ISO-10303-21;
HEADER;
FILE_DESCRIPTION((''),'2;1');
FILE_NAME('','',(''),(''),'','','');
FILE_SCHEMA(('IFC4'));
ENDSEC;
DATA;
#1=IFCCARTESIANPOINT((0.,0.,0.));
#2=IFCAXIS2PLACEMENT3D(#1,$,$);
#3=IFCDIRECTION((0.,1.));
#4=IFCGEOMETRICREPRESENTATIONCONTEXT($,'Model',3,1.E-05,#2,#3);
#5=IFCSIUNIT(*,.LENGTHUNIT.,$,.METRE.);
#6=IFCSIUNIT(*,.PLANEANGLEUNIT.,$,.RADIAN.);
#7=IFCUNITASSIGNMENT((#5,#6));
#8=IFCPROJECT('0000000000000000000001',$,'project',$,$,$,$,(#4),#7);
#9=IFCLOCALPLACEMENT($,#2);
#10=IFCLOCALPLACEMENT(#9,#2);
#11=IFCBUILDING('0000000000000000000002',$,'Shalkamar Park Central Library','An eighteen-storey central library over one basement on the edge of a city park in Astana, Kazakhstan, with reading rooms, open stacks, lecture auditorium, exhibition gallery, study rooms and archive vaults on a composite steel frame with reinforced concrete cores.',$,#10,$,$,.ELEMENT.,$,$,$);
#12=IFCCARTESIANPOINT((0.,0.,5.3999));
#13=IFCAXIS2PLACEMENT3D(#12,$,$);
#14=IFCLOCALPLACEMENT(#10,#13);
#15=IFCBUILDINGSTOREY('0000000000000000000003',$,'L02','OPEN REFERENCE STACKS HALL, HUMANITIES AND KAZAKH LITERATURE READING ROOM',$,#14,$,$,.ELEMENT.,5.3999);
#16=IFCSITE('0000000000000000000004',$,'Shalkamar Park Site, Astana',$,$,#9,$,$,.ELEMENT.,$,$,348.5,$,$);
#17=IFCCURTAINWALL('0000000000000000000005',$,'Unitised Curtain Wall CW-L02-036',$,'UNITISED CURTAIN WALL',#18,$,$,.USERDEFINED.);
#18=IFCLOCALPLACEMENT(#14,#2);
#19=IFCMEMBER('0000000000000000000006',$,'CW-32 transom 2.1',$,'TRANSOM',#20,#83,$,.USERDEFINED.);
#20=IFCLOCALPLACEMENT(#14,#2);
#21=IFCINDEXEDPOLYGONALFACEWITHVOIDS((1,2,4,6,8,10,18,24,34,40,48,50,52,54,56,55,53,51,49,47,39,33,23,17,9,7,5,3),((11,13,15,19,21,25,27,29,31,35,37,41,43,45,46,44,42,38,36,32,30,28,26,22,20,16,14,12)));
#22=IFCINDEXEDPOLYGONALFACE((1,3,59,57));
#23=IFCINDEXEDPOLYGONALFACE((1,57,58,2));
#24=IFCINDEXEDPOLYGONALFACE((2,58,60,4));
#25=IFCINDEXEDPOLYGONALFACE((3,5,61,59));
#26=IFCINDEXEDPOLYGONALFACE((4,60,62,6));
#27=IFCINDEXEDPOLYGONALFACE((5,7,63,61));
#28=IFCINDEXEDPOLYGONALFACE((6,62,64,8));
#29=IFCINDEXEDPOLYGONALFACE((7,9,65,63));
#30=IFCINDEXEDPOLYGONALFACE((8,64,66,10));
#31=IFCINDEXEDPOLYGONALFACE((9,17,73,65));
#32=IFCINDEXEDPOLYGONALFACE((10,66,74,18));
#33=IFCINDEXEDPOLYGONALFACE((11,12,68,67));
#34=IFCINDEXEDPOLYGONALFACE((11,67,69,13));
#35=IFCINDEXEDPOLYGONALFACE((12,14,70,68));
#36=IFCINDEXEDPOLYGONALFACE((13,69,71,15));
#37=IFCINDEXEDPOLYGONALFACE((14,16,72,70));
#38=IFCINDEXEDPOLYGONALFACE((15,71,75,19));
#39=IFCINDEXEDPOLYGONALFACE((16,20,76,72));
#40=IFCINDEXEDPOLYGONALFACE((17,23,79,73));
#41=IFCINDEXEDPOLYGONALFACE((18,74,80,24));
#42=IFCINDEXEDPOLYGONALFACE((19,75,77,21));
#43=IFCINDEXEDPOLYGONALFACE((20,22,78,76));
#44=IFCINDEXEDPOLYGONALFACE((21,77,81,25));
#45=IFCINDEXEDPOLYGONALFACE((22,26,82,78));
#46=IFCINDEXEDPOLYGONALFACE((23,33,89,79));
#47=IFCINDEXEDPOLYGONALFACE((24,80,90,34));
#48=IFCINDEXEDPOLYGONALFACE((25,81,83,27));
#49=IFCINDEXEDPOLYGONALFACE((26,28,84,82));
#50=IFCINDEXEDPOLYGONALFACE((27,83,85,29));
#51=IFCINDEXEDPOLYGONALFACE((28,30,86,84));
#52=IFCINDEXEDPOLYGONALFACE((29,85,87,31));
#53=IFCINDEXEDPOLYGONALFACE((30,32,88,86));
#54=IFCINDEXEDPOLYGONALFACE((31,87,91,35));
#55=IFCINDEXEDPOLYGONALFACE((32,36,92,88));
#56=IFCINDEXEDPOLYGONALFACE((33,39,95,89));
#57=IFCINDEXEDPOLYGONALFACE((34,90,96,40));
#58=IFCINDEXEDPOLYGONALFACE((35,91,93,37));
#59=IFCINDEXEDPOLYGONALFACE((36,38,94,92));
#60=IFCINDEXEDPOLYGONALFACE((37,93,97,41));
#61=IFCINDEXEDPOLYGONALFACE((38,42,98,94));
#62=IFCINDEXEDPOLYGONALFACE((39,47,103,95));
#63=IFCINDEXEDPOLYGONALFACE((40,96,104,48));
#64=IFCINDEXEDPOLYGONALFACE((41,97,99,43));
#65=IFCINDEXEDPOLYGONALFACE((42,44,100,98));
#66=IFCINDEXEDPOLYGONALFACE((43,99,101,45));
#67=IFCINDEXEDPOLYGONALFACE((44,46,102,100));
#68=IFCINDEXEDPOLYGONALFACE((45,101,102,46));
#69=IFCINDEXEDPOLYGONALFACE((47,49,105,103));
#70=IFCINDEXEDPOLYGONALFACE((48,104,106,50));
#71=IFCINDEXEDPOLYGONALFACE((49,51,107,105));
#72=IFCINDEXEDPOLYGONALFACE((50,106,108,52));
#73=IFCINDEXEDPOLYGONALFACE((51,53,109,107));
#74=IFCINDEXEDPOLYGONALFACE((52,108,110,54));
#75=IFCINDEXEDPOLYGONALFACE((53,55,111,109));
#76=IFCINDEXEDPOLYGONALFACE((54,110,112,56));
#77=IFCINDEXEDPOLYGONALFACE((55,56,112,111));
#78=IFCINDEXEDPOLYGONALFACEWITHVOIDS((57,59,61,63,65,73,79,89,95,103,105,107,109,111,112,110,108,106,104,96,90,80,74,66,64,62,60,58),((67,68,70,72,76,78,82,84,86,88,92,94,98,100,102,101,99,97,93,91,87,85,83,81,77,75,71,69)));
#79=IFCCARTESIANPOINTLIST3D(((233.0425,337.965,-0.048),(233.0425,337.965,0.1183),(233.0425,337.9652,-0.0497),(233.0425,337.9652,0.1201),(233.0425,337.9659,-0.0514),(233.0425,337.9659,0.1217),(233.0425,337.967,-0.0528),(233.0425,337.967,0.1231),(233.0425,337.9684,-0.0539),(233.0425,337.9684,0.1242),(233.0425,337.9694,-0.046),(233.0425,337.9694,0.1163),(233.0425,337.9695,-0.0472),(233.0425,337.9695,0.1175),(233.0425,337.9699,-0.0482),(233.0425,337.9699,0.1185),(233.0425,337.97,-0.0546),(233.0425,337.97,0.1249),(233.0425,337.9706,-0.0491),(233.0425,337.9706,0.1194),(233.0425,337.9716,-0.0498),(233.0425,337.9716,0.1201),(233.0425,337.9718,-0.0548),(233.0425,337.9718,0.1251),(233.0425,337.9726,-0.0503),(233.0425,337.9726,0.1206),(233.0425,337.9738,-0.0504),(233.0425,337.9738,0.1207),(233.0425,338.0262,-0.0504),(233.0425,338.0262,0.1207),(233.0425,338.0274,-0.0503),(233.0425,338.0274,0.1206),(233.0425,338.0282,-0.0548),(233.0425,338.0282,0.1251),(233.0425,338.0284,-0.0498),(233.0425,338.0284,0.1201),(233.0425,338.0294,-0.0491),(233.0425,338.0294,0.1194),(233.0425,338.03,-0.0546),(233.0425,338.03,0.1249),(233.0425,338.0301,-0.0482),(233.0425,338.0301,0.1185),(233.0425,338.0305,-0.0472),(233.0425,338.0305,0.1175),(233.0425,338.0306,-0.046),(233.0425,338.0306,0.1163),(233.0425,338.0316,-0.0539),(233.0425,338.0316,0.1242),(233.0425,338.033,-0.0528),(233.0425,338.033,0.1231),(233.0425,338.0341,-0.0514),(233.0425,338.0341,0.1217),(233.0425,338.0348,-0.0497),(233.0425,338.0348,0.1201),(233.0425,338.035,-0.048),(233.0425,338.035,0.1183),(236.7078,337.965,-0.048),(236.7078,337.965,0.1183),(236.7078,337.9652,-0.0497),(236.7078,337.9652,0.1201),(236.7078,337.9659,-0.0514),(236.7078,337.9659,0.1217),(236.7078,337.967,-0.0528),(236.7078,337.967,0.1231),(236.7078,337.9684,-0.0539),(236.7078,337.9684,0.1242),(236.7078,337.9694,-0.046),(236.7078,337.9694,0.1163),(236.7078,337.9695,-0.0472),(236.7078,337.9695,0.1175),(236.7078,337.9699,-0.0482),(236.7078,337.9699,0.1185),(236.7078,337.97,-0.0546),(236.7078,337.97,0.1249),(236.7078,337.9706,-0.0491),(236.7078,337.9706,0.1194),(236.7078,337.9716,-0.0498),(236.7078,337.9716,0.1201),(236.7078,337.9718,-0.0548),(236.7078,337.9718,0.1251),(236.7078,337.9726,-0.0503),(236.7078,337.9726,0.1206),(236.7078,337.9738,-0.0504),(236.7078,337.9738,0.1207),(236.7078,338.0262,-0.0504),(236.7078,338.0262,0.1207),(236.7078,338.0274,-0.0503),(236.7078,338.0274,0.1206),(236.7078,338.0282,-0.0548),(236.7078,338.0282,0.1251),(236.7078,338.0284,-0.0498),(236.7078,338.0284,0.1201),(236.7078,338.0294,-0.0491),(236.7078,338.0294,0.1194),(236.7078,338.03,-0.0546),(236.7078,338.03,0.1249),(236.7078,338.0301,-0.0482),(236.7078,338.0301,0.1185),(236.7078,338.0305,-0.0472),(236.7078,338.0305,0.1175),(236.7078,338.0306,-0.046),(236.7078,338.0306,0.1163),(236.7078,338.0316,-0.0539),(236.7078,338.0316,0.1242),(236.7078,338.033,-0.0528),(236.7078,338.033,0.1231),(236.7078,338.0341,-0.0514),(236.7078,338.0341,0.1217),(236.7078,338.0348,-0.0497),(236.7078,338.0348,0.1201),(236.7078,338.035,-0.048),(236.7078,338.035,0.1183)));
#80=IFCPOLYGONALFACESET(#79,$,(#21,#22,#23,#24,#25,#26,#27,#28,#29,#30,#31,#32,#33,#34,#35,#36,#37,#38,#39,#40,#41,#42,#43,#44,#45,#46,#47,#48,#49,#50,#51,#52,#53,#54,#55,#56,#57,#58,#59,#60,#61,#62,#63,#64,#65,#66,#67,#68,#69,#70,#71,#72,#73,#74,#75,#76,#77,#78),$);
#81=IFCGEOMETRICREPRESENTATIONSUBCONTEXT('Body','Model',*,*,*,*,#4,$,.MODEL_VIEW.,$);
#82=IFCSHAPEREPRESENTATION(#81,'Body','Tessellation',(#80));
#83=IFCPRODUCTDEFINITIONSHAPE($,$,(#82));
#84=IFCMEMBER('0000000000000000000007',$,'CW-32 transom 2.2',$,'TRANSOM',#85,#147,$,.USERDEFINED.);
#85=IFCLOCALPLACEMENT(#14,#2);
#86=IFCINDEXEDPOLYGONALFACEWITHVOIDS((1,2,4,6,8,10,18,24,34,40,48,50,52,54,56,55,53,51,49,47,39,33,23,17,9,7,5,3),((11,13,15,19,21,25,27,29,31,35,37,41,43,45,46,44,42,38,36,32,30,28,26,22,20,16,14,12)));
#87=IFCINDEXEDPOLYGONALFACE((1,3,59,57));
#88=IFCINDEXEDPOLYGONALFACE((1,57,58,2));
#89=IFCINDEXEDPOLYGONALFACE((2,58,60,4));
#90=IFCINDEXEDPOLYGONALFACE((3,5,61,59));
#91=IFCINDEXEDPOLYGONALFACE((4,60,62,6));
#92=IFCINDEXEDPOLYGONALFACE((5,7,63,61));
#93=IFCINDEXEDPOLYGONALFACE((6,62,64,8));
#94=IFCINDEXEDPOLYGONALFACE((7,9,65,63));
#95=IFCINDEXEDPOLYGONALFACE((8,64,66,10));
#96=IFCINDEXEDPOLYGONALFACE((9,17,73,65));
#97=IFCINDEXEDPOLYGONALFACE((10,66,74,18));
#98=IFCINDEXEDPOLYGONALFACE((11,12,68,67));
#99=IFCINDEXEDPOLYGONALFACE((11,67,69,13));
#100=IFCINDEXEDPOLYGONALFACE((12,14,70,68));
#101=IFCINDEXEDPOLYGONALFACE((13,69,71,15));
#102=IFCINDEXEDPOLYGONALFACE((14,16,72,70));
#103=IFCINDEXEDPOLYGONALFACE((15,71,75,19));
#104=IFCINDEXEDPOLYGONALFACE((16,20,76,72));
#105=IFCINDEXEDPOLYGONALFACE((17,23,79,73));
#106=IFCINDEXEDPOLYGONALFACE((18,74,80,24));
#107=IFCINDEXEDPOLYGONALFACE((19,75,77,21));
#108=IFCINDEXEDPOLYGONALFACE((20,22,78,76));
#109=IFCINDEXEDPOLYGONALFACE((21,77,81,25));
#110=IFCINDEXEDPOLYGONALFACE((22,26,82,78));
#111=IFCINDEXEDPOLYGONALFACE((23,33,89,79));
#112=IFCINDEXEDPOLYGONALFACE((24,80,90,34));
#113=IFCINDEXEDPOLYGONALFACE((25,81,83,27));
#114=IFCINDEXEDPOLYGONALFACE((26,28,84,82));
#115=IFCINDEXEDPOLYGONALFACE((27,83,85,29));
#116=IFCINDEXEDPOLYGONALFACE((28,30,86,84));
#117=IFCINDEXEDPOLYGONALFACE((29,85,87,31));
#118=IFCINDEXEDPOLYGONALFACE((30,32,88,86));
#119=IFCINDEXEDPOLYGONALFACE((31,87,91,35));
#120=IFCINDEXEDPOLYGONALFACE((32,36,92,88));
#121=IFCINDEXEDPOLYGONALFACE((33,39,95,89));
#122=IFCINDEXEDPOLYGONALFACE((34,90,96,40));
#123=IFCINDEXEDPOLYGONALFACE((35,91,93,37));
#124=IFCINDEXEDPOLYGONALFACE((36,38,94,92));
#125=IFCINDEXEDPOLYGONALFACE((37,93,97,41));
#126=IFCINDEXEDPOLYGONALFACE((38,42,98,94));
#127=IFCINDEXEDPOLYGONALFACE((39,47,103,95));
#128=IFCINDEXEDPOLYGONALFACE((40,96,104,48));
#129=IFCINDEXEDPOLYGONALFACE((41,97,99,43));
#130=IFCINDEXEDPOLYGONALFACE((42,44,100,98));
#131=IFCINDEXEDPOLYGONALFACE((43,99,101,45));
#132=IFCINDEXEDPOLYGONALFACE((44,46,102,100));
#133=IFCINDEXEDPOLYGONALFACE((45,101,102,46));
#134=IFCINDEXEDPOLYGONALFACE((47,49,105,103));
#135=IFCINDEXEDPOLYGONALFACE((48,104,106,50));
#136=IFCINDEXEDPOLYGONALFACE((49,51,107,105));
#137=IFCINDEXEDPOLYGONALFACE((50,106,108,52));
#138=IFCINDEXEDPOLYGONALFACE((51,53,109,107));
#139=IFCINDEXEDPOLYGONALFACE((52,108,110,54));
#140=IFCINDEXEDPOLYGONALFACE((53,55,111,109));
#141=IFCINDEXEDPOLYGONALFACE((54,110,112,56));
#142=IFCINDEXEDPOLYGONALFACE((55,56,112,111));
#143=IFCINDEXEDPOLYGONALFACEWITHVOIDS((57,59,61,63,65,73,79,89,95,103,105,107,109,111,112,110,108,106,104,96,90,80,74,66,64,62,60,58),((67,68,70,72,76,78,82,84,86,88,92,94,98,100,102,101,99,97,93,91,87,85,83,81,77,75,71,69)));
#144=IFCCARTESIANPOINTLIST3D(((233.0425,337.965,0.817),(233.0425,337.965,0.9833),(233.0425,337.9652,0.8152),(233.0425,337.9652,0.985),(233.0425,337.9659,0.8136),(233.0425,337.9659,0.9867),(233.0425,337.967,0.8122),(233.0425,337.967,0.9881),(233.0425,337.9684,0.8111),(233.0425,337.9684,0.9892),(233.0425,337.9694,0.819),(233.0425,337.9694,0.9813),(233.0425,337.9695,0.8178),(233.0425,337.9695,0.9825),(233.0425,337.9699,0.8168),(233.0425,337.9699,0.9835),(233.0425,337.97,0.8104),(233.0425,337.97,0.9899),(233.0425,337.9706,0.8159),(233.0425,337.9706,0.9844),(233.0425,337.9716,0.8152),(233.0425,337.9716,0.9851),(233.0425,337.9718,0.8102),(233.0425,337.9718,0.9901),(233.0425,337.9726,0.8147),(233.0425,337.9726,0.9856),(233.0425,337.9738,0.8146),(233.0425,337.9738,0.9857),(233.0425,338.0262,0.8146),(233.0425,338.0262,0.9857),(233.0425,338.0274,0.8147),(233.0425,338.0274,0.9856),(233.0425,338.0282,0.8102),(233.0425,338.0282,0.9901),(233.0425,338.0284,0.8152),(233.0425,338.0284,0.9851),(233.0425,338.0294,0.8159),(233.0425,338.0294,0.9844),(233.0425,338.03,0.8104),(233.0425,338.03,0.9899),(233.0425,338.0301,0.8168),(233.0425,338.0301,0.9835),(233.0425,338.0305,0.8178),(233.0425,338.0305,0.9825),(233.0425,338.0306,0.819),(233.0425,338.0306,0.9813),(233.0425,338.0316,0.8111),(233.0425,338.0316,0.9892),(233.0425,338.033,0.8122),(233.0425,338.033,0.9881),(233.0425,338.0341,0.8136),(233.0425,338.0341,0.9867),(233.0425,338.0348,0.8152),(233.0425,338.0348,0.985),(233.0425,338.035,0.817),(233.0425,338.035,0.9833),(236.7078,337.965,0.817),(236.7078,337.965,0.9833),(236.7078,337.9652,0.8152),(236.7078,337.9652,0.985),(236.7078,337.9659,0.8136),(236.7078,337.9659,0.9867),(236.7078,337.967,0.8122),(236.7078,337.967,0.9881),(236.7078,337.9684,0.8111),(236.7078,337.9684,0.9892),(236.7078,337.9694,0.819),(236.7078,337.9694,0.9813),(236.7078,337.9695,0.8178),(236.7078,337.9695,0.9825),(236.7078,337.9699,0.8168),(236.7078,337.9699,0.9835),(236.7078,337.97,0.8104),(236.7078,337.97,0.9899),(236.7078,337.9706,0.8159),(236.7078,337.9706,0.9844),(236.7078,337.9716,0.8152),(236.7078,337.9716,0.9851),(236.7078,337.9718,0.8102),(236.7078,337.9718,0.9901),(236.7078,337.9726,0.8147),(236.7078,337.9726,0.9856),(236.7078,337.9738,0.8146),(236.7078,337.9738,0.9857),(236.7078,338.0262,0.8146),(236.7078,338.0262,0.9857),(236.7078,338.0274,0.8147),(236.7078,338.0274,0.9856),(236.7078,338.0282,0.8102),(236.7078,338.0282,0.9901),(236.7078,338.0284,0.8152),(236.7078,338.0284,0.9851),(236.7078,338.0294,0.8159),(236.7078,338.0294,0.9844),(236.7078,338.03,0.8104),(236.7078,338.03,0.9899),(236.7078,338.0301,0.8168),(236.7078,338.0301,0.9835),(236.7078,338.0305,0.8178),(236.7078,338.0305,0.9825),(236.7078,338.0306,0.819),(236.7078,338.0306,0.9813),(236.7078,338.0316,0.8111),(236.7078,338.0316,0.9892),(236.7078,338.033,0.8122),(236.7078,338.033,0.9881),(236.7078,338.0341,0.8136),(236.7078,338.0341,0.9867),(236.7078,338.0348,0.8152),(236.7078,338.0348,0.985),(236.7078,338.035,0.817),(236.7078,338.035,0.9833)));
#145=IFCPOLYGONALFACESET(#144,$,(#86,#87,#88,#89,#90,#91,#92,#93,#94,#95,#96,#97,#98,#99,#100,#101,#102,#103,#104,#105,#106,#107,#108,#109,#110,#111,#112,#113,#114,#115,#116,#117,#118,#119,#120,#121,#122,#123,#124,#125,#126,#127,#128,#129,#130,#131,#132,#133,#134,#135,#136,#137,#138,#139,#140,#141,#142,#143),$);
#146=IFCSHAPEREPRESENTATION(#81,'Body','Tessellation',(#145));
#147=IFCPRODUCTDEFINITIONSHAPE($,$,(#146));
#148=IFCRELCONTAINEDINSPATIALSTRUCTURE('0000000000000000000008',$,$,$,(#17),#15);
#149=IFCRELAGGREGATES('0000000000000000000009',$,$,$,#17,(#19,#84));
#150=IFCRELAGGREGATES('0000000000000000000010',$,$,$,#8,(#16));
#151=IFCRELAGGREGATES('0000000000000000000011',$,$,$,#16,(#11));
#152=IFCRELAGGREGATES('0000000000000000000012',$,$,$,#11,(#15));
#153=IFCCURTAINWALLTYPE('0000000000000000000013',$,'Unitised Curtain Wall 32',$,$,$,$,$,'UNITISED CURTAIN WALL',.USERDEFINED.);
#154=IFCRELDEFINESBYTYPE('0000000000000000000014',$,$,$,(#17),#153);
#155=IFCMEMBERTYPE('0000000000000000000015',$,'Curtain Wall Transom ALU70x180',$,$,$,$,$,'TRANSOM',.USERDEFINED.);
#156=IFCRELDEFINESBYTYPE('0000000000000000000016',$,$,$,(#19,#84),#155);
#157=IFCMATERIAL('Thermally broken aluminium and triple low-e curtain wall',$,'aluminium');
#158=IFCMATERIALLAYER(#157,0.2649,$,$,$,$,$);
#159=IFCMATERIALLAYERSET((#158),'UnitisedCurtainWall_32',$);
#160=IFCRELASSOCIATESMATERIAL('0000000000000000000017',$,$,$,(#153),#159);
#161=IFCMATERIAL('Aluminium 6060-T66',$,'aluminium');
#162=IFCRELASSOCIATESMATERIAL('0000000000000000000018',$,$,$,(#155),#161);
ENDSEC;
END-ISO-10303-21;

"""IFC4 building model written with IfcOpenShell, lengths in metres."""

from ifc_helpers import new_model, si_unit, direction, frame, origin, origin_2d, place, context, subcontext, project, spatial, hollow_rectangle, extrude, material, layer, layer_set, material_profile, profile_set, type_object, element, aggregate, save


model = new_model("IFC4")

# Units and contexts
model_context = context("Model", 3, precision=1e-05, world=origin(), true_north=direction((0.0, 1.0)))
body_context = subcontext(model_context, "Body", "Model", "MODEL_VIEW")
ifc_project = project(units=[si_unit("LENGTHUNIT", "METRE"), si_unit("PLANEANGLEUNIT", "RADIAN")], contexts=[model_context])

# Site, building, storey
site_placement = place(None, origin())
site = spatial("IfcSite", under=ifc_project, at=site_placement, Name="Shalkamar Park Site, Astana", CompositionType="ELEMENT", RefElevation=348.5)
building_placement = place(site_placement, origin())
building = spatial("IfcBuilding", under=site, at=building_placement, Name="Shalkamar Park Central Library", Description="An eighteen-storey central library over one basement on the edge of a city park in Astana, Kazakhstan, with reading rooms, open stacks, lecture auditorium, exhibition gallery, study rooms and archive vaults on a composite steel frame with reinforced concrete cores.", CompositionType="ELEMENT")
storey_placement = place(building_placement, frame((0.0, 0.0, 5.3999)))
storey = spatial("IfcBuildingStorey", under=building, at=storey_placement, Name="L02", Description="OPEN REFERENCE STACKS HALL, HUMANITIES AND KAZAKH LITERATURE READING ROOM", CompositionType="ELEMENT", Elevation=5.3999)

# Shared definitions
ifc_material_1 = material(Name="Thermally broken aluminium and triple low-e curtain wall", Category="aluminium")
ifc_material_2 = material(Name="Aluminium 6060-T66", Category="aluminium")

# Curtain wall
ifc_layer_1 = layer(ifc_material_1, 0.2649)
ifc_layer_set_1 = layer_set([ifc_layer_1], Name="UnitisedCurtainWall_32")
curtain_wall_type_1 = type_object("IfcCurtainWallType", Name="Unitised Curtain Wall 32", ElementType="UNITISED CURTAIN WALL", PredefinedType="USERDEFINED", material=ifc_layer_set_1)
curtain_wall_1_placement = place(storey_placement, origin())
curtain_wall_1 = element("IfcCurtainWall", 1, at=curtain_wall_1_placement, inside=storey, type_object=curtain_wall_type_1, Name="Unitised Curtain Wall CW-L02-036", ObjectType="UNITISED CURTAIN WALL", PredefinedType="USERDEFINED")

# Members
ifc_material_profile_1 = material_profile(ifc_material_2, hollow_rectangle(XDim=0.0701, YDim=0.1799, WallThickness=0.0044, InnerFilletRadius=0.0044, OuterFilletRadius=0.0068, at=origin_2d()), Name="ALU 70x180x4.5")
ifc_profile_set_1 = profile_set([ifc_material_profile_1], Name="Aluminium 6060-T66")
member_type_1 = type_object("IfcMemberType", Name="Curtain Wall Transom ALU70x180", ElementType="TRANSOM", PredefinedType="USERDEFINED", material=ifc_profile_set_1)
member_1_placement = place(storey_placement, frame((233.0425, 338.0, 0.0352), z_axis=(1.0, 0.0, 0.0), x_axis=(0.0, 1.0, 0.0)))
member_1 = element("IfcMember", 2, at=member_1_placement, type_object=member_type_1, Name="CW-32 transom 2.1", ObjectType="TRANSOM", PredefinedType="USERDEFINED", context=body_context, shape_type="SweptSolid", body=[
    extrude(hollow_rectangle(XDim=0.0701, YDim=0.1799, WallThickness=0.0044, InnerFilletRadius=0.0044, OuterFilletRadius=0.0068, at=origin_2d()), origin(), (0.0, 0.0, 1.0), 3.6653),
])
member_2_placement = place(storey_placement, frame((233.0425, 338.0, 0.9001), z_axis=(1.0, 0.0, 0.0), x_axis=(0.0, 1.0, 0.0)))
member_2 = element("IfcMember", 3, at=member_2_placement, type_object=member_type_1, Name="CW-32 transom 2.2", ObjectType="TRANSOM", PredefinedType="USERDEFINED", context=body_context, shape_type="SweptSolid", body=[
    extrude(hollow_rectangle(XDim=0.0701, YDim=0.1799, WallThickness=0.0044, InnerFilletRadius=0.0044, OuterFilletRadius=0.0068, at=origin_2d()), origin(), (0.0, 0.0, 1.0), 3.6653),
])

aggregate(curtain_wall_1, [member_1, member_2])

save(model, "model.ifc")
